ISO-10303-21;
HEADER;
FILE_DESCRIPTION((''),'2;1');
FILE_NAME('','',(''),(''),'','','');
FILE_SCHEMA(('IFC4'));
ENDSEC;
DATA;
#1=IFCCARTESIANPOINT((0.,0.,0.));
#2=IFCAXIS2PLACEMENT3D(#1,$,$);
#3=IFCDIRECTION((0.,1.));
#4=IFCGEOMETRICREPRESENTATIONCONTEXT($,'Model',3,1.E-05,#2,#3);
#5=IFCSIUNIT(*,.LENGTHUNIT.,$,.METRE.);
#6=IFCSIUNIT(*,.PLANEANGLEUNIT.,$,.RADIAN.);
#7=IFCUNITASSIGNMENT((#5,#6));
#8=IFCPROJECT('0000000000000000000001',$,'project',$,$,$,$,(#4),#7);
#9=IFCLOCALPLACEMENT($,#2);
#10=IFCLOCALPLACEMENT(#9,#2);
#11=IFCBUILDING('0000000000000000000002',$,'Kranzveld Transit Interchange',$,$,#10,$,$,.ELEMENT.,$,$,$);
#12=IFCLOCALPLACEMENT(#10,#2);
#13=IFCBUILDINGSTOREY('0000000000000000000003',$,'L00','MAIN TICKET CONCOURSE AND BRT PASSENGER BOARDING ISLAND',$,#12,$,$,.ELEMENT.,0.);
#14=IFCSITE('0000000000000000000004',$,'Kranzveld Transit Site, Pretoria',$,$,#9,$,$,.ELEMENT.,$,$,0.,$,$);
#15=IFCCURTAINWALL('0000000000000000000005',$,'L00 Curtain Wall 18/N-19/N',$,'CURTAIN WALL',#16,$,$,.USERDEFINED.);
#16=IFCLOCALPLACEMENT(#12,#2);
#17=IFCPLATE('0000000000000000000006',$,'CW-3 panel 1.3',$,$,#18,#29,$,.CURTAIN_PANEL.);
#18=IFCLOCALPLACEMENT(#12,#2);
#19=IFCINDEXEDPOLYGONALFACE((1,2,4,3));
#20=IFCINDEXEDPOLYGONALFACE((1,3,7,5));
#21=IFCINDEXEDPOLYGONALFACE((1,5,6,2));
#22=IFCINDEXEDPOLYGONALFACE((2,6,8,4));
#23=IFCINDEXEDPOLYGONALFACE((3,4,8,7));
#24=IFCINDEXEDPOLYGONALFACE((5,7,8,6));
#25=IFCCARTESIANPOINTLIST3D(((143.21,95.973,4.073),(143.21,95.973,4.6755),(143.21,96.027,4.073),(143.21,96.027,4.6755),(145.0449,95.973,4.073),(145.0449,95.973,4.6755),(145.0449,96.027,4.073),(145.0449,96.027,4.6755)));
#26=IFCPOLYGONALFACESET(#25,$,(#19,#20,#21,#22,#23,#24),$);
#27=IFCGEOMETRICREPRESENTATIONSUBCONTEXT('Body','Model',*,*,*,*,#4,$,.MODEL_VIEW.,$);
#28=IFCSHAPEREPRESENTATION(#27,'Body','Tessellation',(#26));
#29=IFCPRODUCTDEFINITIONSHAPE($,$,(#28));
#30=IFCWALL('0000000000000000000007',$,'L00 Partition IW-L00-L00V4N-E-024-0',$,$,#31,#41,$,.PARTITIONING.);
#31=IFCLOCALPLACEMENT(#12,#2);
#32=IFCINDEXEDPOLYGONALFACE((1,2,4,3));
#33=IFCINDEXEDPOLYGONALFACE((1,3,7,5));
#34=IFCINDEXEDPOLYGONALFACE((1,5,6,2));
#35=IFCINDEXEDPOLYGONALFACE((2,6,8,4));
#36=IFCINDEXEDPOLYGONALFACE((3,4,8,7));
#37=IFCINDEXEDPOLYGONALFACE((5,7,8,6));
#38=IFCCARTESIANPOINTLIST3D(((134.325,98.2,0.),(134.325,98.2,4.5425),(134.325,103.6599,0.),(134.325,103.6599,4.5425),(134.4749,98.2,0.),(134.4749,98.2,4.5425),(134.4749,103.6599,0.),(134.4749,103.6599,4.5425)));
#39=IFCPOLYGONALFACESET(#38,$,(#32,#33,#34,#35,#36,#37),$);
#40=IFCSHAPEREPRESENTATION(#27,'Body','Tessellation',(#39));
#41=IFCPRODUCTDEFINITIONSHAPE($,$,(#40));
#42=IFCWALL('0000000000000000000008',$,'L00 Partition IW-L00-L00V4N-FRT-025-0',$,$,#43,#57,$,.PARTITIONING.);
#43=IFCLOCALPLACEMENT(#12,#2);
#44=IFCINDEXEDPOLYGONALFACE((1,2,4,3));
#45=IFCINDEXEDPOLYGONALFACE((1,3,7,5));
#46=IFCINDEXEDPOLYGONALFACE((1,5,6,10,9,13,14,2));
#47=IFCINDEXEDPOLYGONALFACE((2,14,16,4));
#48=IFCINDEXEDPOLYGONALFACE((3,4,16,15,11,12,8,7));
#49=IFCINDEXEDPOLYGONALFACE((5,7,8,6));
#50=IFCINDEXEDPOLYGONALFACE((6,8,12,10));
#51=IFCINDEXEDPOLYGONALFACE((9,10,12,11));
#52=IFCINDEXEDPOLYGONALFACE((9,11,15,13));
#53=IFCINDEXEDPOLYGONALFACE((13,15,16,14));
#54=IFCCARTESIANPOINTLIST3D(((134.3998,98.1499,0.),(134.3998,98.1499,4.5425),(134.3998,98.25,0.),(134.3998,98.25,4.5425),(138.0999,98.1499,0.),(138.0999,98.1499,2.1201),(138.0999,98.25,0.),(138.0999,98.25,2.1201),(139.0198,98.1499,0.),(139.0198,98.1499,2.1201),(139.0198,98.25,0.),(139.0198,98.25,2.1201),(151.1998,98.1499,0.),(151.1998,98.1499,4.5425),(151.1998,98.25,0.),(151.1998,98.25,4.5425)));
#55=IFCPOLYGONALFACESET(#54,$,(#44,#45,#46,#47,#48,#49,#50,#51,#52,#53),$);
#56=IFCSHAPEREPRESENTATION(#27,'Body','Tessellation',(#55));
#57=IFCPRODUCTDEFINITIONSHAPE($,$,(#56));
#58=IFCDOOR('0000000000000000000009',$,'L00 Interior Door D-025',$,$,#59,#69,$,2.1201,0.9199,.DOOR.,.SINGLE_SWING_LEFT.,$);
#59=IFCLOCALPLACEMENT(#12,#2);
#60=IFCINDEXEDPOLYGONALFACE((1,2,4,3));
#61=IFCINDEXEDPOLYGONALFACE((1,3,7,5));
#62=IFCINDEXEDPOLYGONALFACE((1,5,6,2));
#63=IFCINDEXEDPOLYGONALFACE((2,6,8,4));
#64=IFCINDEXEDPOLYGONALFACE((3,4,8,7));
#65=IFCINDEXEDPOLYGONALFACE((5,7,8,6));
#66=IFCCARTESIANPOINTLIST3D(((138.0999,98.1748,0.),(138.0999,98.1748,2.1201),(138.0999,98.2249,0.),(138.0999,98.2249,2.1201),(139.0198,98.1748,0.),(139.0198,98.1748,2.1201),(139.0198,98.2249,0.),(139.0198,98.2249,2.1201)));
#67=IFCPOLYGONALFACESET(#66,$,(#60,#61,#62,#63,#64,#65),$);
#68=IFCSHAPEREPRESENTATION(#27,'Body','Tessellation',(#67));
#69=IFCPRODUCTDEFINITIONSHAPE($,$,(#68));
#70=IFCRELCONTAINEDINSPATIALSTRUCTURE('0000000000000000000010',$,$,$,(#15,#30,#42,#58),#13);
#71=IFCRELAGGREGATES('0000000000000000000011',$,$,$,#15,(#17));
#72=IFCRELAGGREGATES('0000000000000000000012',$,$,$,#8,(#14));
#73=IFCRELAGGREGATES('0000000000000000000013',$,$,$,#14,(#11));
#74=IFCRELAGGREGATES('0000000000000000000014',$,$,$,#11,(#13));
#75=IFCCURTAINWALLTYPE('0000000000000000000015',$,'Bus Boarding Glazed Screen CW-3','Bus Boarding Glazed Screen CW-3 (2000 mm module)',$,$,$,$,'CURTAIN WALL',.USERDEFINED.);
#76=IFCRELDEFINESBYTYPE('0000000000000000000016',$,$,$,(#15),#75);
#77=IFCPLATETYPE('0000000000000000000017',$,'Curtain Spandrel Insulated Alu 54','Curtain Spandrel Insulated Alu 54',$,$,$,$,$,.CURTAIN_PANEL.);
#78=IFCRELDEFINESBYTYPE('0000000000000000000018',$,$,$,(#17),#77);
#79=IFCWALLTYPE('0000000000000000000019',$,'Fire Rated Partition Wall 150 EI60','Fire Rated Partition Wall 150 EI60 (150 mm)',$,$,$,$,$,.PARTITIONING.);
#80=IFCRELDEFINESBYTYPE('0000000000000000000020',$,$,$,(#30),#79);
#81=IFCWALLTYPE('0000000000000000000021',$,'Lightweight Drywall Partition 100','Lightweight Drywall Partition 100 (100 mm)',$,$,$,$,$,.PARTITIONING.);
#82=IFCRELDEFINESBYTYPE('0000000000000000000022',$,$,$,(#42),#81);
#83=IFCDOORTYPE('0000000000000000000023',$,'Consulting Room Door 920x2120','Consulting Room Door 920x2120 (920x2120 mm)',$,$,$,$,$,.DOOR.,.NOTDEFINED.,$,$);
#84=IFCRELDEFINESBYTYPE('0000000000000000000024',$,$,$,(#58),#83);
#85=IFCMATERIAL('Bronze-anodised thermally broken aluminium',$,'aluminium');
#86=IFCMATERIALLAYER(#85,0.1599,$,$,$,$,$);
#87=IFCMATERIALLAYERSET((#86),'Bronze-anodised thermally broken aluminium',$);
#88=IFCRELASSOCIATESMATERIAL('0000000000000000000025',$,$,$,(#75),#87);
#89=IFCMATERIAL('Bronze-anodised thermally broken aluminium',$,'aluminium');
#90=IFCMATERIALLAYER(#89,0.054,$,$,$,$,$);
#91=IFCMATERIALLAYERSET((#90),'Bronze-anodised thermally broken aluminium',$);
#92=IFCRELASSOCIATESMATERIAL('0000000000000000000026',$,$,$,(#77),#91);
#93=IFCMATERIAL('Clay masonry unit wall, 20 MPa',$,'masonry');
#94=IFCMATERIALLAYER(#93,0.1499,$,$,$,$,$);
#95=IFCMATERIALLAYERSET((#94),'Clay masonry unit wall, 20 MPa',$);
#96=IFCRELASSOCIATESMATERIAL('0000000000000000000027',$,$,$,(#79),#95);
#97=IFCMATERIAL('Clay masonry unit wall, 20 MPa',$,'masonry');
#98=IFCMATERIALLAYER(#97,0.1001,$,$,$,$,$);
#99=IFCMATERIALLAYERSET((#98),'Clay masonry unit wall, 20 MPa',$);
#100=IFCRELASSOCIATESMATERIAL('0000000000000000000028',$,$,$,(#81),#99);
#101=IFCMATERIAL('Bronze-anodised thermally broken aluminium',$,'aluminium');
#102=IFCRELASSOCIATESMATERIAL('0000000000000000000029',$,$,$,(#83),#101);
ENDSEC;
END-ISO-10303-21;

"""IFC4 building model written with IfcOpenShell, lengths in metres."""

from ifc_helpers import new_model, si_unit, direction, frame, frame_2d, origin, origin_2d, place, context, subcontext, project, spatial, rectangle, extrude, material, layer, layer_set, type_object, element, fill, aggregate, save


model = new_model("IFC4")

# Units and contexts
model_context = context("Model", 3, precision=1e-05, world=origin(), true_north=direction((0.0, 1.0)))
body_context = subcontext(model_context, "Body", "Model", "MODEL_VIEW")
ifc_project = project(units=[si_unit("LENGTHUNIT", "METRE"), si_unit("PLANEANGLEUNIT", "RADIAN")], contexts=[model_context])

# Site, building, storey
site_placement = place(None, origin())
site = spatial("IfcSite", under=ifc_project, at=site_placement, Name="Kranzveld Transit Site, Pretoria", CompositionType="ELEMENT", RefElevation=0.0)
building_placement = place(site_placement, origin())
building = spatial("IfcBuilding", under=site, at=building_placement, Name="Kranzveld Transit Interchange", CompositionType="ELEMENT")
storey_placement = place(building_placement, origin())
storey = spatial("IfcBuildingStorey", under=building, at=storey_placement, Name="L00", Description="MAIN TICKET CONCOURSE AND BRT PASSENGER BOARDING ISLAND", CompositionType="ELEMENT", Elevation=0.0)

# Curtain wall
ifc_material_1 = material(Name="Bronze-anodised thermally broken aluminium", Category="aluminium")
ifc_layer_1 = layer(ifc_material_1, 0.1599)
ifc_layer_set_1 = layer_set([ifc_layer_1], Name="Bronze-anodised thermally broken aluminium")
curtain_wall_type_1 = type_object("IfcCurtainWallType", Name="Bus Boarding Glazed Screen CW-3", Description="Bus Boarding Glazed Screen CW-3 (2000 mm module)", ElementType="CURTAIN WALL", PredefinedType="USERDEFINED", material=ifc_layer_set_1)
curtain_wall_1_placement = place(storey_placement, origin())
curtain_wall_1 = element("IfcCurtainWall", 1, at=curtain_wall_1_placement, inside=storey, type_object=curtain_wall_type_1, Name="L00 Curtain Wall 18/N-19/N", ObjectType="CURTAIN WALL", PredefinedType="USERDEFINED")

# Plate
ifc_material_2 = material(Name="Bronze-anodised thermally broken aluminium", Category="aluminium")
ifc_layer_2 = layer(ifc_material_2, 0.054)
ifc_layer_set_2 = layer_set([ifc_layer_2], Name="Bronze-anodised thermally broken aluminium")
plate_type_1 = type_object("IfcPlateType", Name="Curtain Spandrel Insulated Alu 54", Description="Curtain Spandrel Insulated Alu 54", PredefinedType="CURTAIN_PANEL", material=ifc_layer_set_2)
plate_1_placement = place(storey_placement, frame((144.1274, 96.0, 4.073), z_axis=(0.0, 0.0, 1.0), x_axis=(1.0, 0.0, 0.0)))
plate_1 = element("IfcPlate", 2, at=plate_1_placement, type_object=plate_type_1, Name="CW-3 panel 1.3", PredefinedType="CURTAIN_PANEL", context=body_context, shape_type="SweptSolid", body=[
    extrude(rectangle(XDim=1.835, YDim=0.054, at=origin_2d()), origin(), (0.0, 0.0, 1.0), 0.6025),
])
aggregate(curtain_wall_1, [plate_1])

# Wall
ifc_material_3 = material(Name="Clay masonry unit wall, 20 MPa", Category="masonry")
ifc_layer_3 = layer(ifc_material_3, 0.1499)
ifc_layer_set_3 = layer_set([ifc_layer_3], Name="Clay masonry unit wall, 20 MPa")
wall_type_1 = type_object("IfcWallType", Name="Fire Rated Partition Wall 150 EI60", Description="Fire Rated Partition Wall 150 EI60 (150 mm)", PredefinedType="PARTITIONING", material=ifc_layer_set_3)
wall_1_placement = place(storey_placement, frame((134.3999, 98.2, 0.0), z_axis=(0.0, 0.0, 1.0), x_axis=(0.0, 1.0, 0.0)))
element("IfcWall", 3, at=wall_1_placement, inside=storey, type_object=wall_type_1, Name="L00 Partition IW-L00-L00V4N-E-024-0", PredefinedType="PARTITIONING", context=body_context, shape_type="SweptSolid", body=[
    extrude(rectangle(XDim=5.46, YDim=0.1499, at=frame_2d((2.73, 0.0))), origin(), (0.0, 0.0, 1.0), 4.5425),
])

# Wall, opening, door
ifc_material_4 = material(Name="Clay masonry unit wall, 20 MPa", Category="masonry")
ifc_layer_4 = layer(ifc_material_4, 0.1001)
ifc_layer_set_4 = layer_set([ifc_layer_4], Name="Clay masonry unit wall, 20 MPa")
wall_type_2 = type_object("IfcWallType", Name="Lightweight Drywall Partition 100", Description="Lightweight Drywall Partition 100 (100 mm)", PredefinedType="PARTITIONING", material=ifc_layer_set_4)
wall_2_placement = place(storey_placement, frame((134.3999, 98.2, 0.0), z_axis=(0.0, 0.0, 1.0), x_axis=(1.0, 0.0, 0.0)))
wall_2 = element("IfcWall", 4, at=wall_2_placement, inside=storey, type_object=wall_type_2, Name="L00 Partition IW-L00-L00V4N-FRT-025-0", PredefinedType="PARTITIONING", context=body_context, shape_type="SweptSolid", body=[
    extrude(rectangle(XDim=16.8, YDim=0.1001, at=frame_2d((8.3999, 0.0))), origin(), (0.0, 0.0, 1.0), 4.5425),
])
opening_placement = place(wall_2_placement, frame((3.7, 0.0, 0.0), z_axis=(0.0, 0.0, 1.0), x_axis=(1.0, 0.0, 0.0)))
opening = element("IfcOpeningElement", 5, at=opening_placement, cuts=wall_2, PredefinedType="OPENING", context=body_context, shape_type="SweptSolid", body=[
    extrude(rectangle(XDim=0.9199, YDim=2.1201, at=frame_2d((0.46, 1.0601))), frame((0.0, 0.0601, 0.0), z_axis=(0.0, -1.0, 0.0), x_axis=(1.0, 0.0, 0.0)), (0.0, 0.0, 1.0), 0.1201),
])
ifc_material_5 = material(Name="Bronze-anodised thermally broken aluminium", Category="aluminium")
door_type = type_object("IfcDoorType", Name="Consulting Room Door 920x2120", Description="Consulting Room Door 920x2120 (920x2120 mm)", OperationType="NOTDEFINED", PredefinedType="DOOR", material=ifc_material_5)
door_placement = place(opening_placement, origin())
door = element("IfcDoor", 6, at=door_placement, inside=storey, type_object=door_type, Name="L00 Interior Door D-025", OperationType="SINGLE_SWING_LEFT", OverallHeight=2.1201, OverallWidth=0.9199, PredefinedType="DOOR", context=body_context, shape_type="SweptSolid", body=[
    extrude(rectangle(XDim=0.9199, YDim=2.1201, at=frame_2d((0.46, 1.0601))), frame((0.0, 0.0249, 0.0), z_axis=(0.0, -1.0, 0.0), x_axis=(1.0, 0.0, 0.0)), (0.0, 0.0, 1.0), 0.05),
])
fill(opening, door)

save(model, "model.ifc")
